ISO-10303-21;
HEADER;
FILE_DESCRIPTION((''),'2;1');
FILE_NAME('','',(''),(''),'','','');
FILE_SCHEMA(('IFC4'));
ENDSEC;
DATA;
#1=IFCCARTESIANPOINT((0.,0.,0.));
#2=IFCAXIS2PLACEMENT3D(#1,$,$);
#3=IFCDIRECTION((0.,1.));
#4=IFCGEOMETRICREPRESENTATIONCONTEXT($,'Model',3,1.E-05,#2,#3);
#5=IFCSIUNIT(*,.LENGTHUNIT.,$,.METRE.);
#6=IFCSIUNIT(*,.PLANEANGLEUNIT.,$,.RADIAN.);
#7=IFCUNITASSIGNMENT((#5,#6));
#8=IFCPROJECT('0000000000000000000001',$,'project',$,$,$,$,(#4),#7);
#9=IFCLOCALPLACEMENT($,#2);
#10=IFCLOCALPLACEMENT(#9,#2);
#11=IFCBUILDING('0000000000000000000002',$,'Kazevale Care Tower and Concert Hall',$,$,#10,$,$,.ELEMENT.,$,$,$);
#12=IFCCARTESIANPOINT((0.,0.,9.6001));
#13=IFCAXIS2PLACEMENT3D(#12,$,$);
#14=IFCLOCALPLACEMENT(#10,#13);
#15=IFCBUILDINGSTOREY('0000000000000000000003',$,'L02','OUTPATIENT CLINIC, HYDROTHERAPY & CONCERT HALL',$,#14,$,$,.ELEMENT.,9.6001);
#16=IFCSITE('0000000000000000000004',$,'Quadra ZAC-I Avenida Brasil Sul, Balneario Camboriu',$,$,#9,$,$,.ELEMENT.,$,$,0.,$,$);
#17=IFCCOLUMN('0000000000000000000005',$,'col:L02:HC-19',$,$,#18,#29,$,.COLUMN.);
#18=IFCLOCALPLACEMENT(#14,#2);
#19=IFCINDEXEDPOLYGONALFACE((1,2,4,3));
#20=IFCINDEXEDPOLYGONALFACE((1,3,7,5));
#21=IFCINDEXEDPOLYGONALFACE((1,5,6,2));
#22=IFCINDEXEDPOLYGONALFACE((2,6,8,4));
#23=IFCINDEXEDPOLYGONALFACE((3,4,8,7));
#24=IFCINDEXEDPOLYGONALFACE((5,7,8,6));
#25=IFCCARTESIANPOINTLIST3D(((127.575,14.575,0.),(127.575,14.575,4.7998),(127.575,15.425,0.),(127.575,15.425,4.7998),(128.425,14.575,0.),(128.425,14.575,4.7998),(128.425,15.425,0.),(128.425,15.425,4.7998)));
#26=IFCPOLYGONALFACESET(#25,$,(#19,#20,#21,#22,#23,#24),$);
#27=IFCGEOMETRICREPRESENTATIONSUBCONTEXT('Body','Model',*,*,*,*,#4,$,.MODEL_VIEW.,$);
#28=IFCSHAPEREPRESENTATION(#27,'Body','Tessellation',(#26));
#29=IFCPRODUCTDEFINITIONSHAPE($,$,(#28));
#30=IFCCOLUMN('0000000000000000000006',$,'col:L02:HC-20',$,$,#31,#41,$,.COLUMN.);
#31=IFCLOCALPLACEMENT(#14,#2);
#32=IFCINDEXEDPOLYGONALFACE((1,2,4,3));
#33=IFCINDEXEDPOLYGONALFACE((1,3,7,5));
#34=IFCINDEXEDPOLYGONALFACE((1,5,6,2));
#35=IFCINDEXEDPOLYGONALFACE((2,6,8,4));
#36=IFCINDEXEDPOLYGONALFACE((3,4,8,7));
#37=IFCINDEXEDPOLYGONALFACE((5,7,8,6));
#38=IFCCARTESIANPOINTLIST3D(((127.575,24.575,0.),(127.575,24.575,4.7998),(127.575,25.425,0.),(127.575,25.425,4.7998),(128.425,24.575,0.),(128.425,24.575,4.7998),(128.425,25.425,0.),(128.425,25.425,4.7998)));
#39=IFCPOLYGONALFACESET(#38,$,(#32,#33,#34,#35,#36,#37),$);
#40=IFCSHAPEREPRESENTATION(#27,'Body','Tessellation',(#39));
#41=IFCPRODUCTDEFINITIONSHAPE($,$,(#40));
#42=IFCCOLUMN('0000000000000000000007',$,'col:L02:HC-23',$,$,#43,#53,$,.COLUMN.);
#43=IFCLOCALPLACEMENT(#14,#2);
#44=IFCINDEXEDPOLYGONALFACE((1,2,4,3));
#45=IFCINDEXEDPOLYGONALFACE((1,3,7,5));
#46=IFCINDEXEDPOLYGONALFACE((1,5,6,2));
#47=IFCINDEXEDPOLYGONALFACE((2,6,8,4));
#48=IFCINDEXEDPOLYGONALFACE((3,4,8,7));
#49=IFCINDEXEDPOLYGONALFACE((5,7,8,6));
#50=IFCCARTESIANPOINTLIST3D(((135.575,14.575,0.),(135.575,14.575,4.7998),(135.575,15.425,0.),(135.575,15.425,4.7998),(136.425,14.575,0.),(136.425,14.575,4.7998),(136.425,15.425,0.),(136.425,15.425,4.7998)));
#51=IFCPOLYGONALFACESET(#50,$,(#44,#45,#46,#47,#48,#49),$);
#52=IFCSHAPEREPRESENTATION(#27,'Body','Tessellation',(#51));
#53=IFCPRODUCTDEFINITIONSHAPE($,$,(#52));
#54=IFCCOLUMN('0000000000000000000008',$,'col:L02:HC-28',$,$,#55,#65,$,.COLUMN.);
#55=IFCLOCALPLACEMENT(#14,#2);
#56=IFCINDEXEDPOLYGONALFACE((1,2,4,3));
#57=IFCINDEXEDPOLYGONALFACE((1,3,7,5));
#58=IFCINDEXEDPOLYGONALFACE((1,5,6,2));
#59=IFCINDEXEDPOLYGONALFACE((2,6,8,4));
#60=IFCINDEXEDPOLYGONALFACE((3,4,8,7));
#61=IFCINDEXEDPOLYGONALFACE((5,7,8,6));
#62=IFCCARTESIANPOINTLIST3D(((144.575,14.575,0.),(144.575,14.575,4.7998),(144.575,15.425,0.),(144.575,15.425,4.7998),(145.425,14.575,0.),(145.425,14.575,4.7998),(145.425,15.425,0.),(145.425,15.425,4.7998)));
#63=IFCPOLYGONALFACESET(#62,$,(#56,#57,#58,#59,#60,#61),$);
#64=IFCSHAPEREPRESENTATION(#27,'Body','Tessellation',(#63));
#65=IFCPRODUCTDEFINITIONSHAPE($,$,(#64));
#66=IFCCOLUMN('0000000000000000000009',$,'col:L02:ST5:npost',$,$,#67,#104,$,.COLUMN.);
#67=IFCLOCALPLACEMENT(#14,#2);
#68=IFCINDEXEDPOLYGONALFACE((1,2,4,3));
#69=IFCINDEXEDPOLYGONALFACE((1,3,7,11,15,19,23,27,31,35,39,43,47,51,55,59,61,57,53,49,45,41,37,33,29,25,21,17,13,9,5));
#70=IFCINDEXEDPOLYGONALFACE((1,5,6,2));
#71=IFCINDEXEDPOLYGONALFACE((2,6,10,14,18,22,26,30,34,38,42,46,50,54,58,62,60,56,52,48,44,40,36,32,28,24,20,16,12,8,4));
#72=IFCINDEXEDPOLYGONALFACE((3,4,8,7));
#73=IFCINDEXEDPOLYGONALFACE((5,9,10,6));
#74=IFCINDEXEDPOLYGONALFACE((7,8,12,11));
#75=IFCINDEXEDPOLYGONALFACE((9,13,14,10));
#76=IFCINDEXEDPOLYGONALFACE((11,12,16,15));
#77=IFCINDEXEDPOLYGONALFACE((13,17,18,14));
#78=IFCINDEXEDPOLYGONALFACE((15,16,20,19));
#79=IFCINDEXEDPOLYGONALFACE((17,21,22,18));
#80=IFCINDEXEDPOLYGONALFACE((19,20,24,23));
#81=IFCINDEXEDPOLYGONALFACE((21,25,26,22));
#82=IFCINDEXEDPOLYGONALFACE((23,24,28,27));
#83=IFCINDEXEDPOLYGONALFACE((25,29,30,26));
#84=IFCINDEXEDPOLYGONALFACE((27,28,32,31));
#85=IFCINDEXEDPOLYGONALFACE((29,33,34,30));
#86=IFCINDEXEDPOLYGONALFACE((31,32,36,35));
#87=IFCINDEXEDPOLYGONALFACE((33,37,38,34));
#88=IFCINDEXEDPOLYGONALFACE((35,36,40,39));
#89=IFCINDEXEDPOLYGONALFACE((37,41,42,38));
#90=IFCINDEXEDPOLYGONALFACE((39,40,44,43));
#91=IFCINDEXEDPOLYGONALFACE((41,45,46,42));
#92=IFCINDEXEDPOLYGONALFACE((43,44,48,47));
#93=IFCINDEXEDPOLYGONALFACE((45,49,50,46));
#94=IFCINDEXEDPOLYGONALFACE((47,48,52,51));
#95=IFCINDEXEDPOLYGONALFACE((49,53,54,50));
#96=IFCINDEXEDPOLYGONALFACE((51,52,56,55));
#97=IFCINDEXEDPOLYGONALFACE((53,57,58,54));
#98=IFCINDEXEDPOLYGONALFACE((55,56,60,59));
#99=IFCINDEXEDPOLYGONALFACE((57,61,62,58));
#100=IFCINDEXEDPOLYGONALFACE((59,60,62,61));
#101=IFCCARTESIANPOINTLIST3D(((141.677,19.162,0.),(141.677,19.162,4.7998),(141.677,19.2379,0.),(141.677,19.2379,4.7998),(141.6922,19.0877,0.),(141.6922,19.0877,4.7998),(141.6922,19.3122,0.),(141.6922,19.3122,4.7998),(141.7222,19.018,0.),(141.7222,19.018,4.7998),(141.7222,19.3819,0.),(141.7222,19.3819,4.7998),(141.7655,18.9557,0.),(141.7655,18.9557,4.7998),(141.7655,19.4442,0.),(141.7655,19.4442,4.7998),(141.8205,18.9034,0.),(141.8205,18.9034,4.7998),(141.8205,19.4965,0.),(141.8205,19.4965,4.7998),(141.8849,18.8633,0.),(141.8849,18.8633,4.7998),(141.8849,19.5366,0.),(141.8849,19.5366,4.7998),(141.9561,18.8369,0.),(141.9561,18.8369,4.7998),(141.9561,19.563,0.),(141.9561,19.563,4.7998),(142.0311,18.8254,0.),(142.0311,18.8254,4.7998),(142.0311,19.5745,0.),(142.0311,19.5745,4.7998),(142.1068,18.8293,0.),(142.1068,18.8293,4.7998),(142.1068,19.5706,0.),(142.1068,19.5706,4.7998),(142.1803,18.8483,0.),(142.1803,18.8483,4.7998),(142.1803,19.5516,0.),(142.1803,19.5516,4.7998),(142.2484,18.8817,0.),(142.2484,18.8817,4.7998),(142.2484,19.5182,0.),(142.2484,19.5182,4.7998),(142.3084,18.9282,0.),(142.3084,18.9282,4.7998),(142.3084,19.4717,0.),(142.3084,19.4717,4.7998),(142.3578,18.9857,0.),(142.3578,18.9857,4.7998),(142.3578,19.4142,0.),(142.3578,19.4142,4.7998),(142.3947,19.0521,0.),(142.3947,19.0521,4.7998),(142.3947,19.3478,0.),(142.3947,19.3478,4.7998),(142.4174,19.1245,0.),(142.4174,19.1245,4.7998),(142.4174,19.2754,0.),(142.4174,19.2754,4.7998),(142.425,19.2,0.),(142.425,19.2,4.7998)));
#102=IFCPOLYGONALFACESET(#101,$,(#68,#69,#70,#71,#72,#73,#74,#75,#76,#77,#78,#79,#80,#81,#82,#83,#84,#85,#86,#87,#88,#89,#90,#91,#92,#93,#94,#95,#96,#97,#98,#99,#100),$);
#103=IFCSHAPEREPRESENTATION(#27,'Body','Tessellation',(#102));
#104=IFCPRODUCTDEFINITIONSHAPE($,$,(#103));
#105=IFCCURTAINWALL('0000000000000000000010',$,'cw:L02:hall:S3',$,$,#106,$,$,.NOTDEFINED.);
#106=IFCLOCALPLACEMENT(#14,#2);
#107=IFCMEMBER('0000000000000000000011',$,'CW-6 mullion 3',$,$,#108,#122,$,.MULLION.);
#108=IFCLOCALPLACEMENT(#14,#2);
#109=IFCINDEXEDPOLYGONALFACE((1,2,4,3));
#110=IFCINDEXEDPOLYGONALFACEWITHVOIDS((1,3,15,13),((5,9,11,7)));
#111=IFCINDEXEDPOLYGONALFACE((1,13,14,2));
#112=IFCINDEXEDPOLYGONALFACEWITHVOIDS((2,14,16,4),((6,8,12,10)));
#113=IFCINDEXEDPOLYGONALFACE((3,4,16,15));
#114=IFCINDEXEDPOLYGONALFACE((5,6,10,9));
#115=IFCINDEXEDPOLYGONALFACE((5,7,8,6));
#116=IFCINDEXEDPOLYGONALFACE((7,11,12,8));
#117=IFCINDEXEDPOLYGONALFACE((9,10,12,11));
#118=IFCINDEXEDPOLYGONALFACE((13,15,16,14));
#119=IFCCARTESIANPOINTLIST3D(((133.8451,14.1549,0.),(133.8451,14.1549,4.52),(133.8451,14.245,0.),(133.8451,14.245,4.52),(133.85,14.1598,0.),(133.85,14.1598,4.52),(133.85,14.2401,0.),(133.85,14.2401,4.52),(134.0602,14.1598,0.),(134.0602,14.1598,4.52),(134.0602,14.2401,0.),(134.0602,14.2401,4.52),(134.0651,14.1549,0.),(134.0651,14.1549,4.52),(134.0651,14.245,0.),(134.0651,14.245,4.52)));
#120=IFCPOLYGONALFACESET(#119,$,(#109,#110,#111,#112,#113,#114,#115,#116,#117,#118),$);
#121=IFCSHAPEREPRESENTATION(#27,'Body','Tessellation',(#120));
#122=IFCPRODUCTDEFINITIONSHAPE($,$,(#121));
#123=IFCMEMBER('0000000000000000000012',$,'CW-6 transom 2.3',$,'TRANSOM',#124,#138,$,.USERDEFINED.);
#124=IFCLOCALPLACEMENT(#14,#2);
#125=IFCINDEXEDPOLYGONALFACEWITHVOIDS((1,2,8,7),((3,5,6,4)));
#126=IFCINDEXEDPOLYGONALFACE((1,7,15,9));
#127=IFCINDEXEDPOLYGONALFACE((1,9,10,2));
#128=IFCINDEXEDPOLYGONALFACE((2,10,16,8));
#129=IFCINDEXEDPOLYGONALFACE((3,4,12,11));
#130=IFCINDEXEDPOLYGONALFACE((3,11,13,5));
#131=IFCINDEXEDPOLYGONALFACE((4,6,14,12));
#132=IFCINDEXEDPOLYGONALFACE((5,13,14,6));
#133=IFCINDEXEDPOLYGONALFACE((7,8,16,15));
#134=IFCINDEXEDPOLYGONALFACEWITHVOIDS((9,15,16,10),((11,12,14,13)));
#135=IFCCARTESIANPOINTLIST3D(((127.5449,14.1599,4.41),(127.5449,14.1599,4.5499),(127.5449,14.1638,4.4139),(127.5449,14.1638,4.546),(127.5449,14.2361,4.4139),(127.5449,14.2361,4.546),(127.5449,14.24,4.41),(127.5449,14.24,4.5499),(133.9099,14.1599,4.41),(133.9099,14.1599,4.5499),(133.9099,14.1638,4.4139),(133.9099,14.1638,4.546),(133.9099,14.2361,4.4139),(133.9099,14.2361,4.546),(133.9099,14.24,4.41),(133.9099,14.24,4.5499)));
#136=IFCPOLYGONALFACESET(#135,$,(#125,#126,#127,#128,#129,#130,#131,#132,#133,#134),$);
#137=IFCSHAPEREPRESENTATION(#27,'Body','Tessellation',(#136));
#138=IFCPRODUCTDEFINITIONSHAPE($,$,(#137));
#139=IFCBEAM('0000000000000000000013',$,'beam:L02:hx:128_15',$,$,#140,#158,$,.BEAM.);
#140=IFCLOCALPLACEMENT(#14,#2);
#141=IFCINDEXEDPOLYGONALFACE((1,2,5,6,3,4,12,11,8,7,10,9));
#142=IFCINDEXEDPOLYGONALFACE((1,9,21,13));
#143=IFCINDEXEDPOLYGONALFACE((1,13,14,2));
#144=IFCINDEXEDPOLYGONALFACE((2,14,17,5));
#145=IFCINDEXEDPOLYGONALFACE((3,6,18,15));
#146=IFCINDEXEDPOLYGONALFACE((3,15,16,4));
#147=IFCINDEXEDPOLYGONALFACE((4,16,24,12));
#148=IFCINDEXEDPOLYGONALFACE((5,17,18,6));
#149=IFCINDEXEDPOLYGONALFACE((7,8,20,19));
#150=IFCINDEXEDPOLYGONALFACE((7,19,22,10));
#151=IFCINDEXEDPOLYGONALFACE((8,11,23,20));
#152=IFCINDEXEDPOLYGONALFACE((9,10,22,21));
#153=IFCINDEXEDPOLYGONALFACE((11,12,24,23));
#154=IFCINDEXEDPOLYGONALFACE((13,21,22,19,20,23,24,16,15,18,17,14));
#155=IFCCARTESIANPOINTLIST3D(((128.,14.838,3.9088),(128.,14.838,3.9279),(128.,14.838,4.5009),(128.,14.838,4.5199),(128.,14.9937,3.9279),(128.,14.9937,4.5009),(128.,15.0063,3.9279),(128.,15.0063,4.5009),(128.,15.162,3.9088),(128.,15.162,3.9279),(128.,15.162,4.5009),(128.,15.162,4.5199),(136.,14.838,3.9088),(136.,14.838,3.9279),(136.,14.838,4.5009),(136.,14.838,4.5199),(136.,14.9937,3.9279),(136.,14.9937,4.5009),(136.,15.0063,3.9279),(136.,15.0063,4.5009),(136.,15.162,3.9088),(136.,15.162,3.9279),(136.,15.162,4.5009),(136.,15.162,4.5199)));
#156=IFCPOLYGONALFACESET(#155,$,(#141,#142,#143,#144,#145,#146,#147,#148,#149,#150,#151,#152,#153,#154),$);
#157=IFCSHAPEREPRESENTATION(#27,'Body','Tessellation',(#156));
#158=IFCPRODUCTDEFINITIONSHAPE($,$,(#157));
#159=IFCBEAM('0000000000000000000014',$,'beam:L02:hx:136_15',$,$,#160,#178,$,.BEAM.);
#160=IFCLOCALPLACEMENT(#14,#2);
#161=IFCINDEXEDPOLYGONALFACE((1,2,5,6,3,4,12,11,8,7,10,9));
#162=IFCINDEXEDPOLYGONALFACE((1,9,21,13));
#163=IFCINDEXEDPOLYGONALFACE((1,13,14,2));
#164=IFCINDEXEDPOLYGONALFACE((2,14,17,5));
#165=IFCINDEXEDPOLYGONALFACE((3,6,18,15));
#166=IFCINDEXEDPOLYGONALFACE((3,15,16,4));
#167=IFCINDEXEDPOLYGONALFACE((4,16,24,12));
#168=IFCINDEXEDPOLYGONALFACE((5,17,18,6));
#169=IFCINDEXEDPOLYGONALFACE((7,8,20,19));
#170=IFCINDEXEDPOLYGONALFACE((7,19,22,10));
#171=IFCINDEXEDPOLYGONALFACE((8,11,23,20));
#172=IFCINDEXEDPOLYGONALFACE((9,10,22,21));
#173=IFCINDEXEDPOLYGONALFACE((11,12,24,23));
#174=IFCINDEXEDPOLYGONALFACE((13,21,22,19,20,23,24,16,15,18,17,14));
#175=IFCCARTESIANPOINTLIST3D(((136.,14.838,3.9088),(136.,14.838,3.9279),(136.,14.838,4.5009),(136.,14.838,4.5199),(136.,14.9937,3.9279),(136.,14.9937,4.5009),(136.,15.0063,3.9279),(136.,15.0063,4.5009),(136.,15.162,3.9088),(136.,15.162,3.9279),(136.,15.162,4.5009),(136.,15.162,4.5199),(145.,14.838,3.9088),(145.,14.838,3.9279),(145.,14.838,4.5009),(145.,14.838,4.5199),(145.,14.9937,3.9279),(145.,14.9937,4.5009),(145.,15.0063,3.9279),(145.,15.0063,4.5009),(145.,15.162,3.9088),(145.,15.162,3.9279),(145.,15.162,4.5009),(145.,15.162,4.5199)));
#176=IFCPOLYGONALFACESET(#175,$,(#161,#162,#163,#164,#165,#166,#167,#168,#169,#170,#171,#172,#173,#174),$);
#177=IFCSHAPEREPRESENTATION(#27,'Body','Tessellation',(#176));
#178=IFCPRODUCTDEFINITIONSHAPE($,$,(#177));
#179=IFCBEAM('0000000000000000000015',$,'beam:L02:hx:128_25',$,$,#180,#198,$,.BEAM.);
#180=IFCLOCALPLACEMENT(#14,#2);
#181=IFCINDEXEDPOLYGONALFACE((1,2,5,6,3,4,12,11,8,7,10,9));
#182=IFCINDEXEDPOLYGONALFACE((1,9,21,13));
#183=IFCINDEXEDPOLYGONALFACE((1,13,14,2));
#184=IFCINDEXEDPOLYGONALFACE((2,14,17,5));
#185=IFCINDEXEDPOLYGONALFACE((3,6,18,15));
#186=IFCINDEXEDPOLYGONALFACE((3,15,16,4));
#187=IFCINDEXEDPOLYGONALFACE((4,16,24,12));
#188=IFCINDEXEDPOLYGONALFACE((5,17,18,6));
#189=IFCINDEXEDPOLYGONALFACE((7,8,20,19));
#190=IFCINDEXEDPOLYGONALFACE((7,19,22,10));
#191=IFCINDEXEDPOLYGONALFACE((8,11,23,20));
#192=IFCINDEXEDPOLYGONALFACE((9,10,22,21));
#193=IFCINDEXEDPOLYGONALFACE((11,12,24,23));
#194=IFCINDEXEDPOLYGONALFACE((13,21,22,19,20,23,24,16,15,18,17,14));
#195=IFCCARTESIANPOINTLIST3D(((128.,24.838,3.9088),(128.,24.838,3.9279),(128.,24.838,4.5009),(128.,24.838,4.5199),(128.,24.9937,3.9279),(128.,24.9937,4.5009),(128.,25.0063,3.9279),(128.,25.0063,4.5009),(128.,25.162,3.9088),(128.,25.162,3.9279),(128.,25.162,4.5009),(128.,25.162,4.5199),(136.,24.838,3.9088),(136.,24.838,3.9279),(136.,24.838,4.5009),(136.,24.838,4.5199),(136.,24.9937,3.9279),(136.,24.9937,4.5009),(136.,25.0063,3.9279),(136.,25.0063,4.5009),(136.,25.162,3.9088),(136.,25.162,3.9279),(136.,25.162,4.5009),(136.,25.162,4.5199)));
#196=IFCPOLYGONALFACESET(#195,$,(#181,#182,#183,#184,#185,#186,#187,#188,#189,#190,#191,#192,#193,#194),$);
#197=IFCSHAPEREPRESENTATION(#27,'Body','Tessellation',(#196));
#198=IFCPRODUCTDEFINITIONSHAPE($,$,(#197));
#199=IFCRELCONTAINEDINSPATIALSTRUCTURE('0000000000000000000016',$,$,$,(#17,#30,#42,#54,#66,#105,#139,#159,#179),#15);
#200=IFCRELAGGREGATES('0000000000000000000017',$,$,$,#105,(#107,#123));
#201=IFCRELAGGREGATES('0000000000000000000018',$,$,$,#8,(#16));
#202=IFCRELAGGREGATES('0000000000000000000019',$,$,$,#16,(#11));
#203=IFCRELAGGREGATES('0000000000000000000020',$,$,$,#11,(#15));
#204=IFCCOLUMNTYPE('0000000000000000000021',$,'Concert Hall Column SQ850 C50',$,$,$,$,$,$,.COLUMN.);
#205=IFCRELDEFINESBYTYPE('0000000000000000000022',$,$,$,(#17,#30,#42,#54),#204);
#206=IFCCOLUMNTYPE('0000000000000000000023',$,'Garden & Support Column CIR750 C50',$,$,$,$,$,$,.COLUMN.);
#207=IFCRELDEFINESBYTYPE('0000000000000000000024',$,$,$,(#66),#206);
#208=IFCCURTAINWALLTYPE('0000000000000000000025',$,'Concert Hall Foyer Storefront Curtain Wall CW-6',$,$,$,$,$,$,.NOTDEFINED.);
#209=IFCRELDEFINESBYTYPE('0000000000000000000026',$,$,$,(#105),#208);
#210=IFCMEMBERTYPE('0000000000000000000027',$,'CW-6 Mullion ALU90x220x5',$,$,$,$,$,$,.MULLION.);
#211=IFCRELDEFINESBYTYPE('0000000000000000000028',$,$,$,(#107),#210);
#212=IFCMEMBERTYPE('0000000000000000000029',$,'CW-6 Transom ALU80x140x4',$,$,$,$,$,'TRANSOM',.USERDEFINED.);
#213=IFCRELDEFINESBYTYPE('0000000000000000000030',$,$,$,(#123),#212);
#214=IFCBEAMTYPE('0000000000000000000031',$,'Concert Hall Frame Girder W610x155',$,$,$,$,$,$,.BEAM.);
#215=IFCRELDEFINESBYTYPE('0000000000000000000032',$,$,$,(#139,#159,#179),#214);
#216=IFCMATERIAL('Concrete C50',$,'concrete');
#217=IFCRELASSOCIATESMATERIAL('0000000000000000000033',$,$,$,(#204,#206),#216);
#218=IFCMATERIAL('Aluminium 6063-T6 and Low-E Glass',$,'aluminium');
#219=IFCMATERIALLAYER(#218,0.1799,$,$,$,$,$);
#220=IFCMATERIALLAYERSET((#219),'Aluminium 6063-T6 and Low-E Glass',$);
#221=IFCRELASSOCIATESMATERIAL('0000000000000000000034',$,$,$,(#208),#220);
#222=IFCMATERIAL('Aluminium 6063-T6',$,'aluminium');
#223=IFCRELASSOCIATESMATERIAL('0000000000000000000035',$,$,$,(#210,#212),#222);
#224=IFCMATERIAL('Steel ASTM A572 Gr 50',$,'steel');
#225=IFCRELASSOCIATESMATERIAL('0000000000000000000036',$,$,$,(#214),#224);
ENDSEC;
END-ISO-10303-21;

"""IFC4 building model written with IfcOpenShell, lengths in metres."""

from ifc_helpers import new_model, si_unit, direction, frame, origin, origin_2d, place, context, subcontext, project, spatial, rectangle, hollow_rectangle, circle, i_section, extrude, material, layer, layer_set, material_profile, profile_set, type_object, element, aggregate, save


model = new_model("IFC4")

# Units and contexts
model_context = context("Model", 3, precision=1e-05, world=origin(), true_north=direction((0.0, 1.0)))
body_context = subcontext(model_context, "Body", "Model", "MODEL_VIEW")
ifc_project = project(units=[si_unit("LENGTHUNIT", "METRE"), si_unit("PLANEANGLEUNIT", "RADIAN")], contexts=[model_context])

# Site, building, storey
site_placement = place(None, origin())
site = spatial("IfcSite", under=ifc_project, at=site_placement, Name="Quadra ZAC-I Avenida Brasil Sul, Balneario Camboriu", CompositionType="ELEMENT", RefElevation=0.0)
building_placement = place(site_placement, origin())
building = spatial("IfcBuilding", under=site, at=building_placement, Name="Kazevale Care Tower and Concert Hall", CompositionType="ELEMENT")
storey_placement = place(building_placement, frame((0.0, 0.0, 9.6001)))
storey = spatial("IfcBuildingStorey", under=building, at=storey_placement, Name="L02", Description="OUTPATIENT CLINIC, HYDROTHERAPY & CONCERT HALL", CompositionType="ELEMENT", Elevation=9.6001)

# Columns
ifc_material_1 = material(Name="Concrete C50", Category="concrete")
ifc_material_profile_1 = material_profile(ifc_material_1, rectangle(XDim=0.8501, YDim=0.8501, at=origin_2d()), Name="RC-SQ850")
ifc_profile_set_1 = profile_set([ifc_material_profile_1], Name="Concrete C50")
column_type_1 = type_object("IfcColumnType", Name="Concert Hall Column SQ850 C50", PredefinedType="COLUMN", material=ifc_profile_set_1)
for number, where, z_axis, x_axis, name in (
    (1, (128.0, 15.0, 0.0), (0.0, 0.0, 1.0), (1.0, 0.0, 0.0), "col:L02:HC-19"),
    (2, (128.0, 25.0, 0.0), (0.0, 0.0, 1.0), (1.0, 0.0, 0.0), "col:L02:HC-20"),
    (3, (136.0, 15.0, 0.0), (0.0, 0.0, 1.0), (1.0, 0.0, 0.0), "col:L02:HC-23"),
    (4, (145.0, 15.0, 0.0), (0.0, 0.0, 1.0), (1.0, 0.0, 0.0), "col:L02:HC-28"),
):
    element("IfcColumn", number, at=place(storey_placement, frame(where, z_axis=z_axis, x_axis=x_axis)), inside=storey, type_object=column_type_1, Name=name, PredefinedType="COLUMN", context=body_context, shape_type="SweptSolid", body=[
        extrude(rectangle(XDim=0.8501, YDim=0.8501, at=origin_2d()), origin(), (0.0, 0.0, 1.0), 4.7998),
    ])
ifc_material_profile_2 = material_profile(ifc_material_1, circle(Radius=0.375, at=origin_2d()), Name="RC-CIR750")
ifc_profile_set_2 = profile_set([ifc_material_profile_2], Name="Concrete C50")
column_type_2 = type_object("IfcColumnType", Name="Garden & Support Column CIR750 C50", PredefinedType="COLUMN", material=ifc_profile_set_2)
column_placement = place(storey_placement, frame((142.05, 19.2, 0.0), z_axis=(0.0, 0.0, 1.0), x_axis=(1.0, 0.0, 0.0)))
element("IfcColumn", 5, at=column_placement, inside=storey, type_object=column_type_2, Name="col:L02:ST5:npost", PredefinedType="COLUMN", context=body_context, shape_type="SweptSolid", body=[
    extrude(circle(Radius=0.375, at=origin_2d()), origin(), (0.0, 0.0, 1.0), 4.7998),
])

# Curtain wall, members
ifc_material_2 = material(Name="Aluminium 6063-T6 and Low-E Glass", Category="aluminium")
ifc_layer_1 = layer(ifc_material_2, 0.1799)
ifc_layer_set_1 = layer_set([ifc_layer_1], Name="Aluminium 6063-T6 and Low-E Glass")
curtain_wall_type = type_object("IfcCurtainWallType", Name="Concert Hall Foyer Storefront Curtain Wall CW-6", PredefinedType="NOTDEFINED", material=ifc_layer_set_1)
curtain_wall_placement = place(storey_placement, origin())
curtain_wall = element("IfcCurtainWall", 6, at=curtain_wall_placement, inside=storey, type_object=curtain_wall_type, Name="cw:L02:hall:S3", PredefinedType="NOTDEFINED")
ifc_material_3 = material(Name="Aluminium 6063-T6", Category="aluminium")
ifc_material_profile_3 = material_profile(ifc_material_3, hollow_rectangle(XDim=0.0901, YDim=0.22, WallThickness=0.0049, at=origin_2d()), Name="ALU90x220x5")
ifc_profile_set_3 = profile_set([ifc_material_profile_3], Name="Aluminium 6063-T6")
member_type_1 = type_object("IfcMemberType", Name="CW-6 Mullion ALU90x220x5", PredefinedType="MULLION", material=ifc_profile_set_3)
member_1_placement = place(storey_placement, frame((133.9551, 14.2, 0.0), z_axis=(0.0, 0.0, 1.0), x_axis=(0.0, 1.0, 0.0)))
member_1 = element("IfcMember", 7, at=member_1_placement, type_object=member_type_1, Name="CW-6 mullion 3", PredefinedType="MULLION", context=body_context, shape_type="SweptSolid", body=[
    extrude(hollow_rectangle(XDim=0.0901, YDim=0.22, WallThickness=0.0049, at=origin_2d()), origin(), (0.0, 0.0, 1.0), 4.52),
])
ifc_material_profile_4 = material_profile(ifc_material_3, hollow_rectangle(XDim=0.0801, YDim=0.1399, WallThickness=0.0039, at=origin_2d()), Name="ALU80x140x4")
ifc_profile_set_4 = profile_set([ifc_material_profile_4], Name="Aluminium 6063-T6")
member_type_2 = type_object("IfcMemberType", Name="CW-6 Transom ALU80x140x4", ElementType="TRANSOM", PredefinedType="USERDEFINED", material=ifc_profile_set_4)
member_2_placement = place(storey_placement, frame((127.5449, 14.2, 4.48), z_axis=(1.0, 0.0, 0.0), x_axis=(0.0, 1.0, 0.0)))
member_2 = element("IfcMember", 8, at=member_2_placement, type_object=member_type_2, Name="CW-6 transom 2.3", ObjectType="TRANSOM", PredefinedType="USERDEFINED", context=body_context, shape_type="SweptSolid", body=[
    extrude(hollow_rectangle(XDim=0.0801, YDim=0.1399, WallThickness=0.0039, at=origin_2d()), origin(), (0.0, 0.0, 1.0), 6.365),
])

# Beams
ifc_material_4 = material(Name="Steel ASTM A572 Gr 50", Category="steel")
ifc_material_profile_5 = material_profile(ifc_material_4, i_section(OverallWidth=0.324, OverallDepth=0.6111, WebThickness=0.0127, FlangeThickness=0.019, at=origin_2d()), Name="W610x155")
ifc_profile_set_5 = profile_set([ifc_material_profile_5], Name="Steel ASTM A572 Gr 50")
beam_type_1 = type_object("IfcBeamType", Name="Concert Hall Frame Girder W610x155", PredefinedType="BEAM", material=ifc_profile_set_5)
beam_1_placement = place(storey_placement, frame((128.0, 15.0, 4.2144), z_axis=(1.0, 0.0, 0.0), x_axis=(0.0, 1.0, 0.0)))
element("IfcBeam", 9, at=beam_1_placement, inside=storey, type_object=beam_type_1, Name="beam:L02:hx:128_15", PredefinedType="BEAM", context=body_context, shape_type="SweptSolid", body=[
    extrude(i_section(OverallWidth=0.324, OverallDepth=0.6111, WebThickness=0.0127, FlangeThickness=0.019, at=origin_2d()), origin(), (0.0, 0.0, 1.0), 8.0),
])
beam_2_placement = place(storey_placement, frame((136.0, 15.0, 4.2144), z_axis=(1.0, 0.0, 0.0), x_axis=(0.0, 1.0, 0.0)))
element("IfcBeam", 10, at=beam_2_placement, inside=storey, type_object=beam_type_1, Name="beam:L02:hx:136_15", PredefinedType="BEAM", context=body_context, shape_type="SweptSolid", body=[
    extrude(i_section(OverallWidth=0.324, OverallDepth=0.6111, WebThickness=0.0127, FlangeThickness=0.019, at=origin_2d()), origin(), (0.0, 0.0, 1.0), 9.0),
])
beam_3_placement = place(storey_placement, frame((128.0, 25.0, 4.2144), z_axis=(1.0, 0.0, 0.0), x_axis=(0.0, 1.0, 0.0)))
element("IfcBeam", 11, at=beam_3_placement, inside=storey, type_object=beam_type_1, Name="beam:L02:hx:128_25", PredefinedType="BEAM", context=body_context, shape_type="SweptSolid", body=[
    extrude(i_section(OverallWidth=0.324, OverallDepth=0.6111, WebThickness=0.0127, FlangeThickness=0.019, at=origin_2d()), origin(), (0.0, 0.0, 1.0), 8.0),
])

aggregate(curtain_wall, [member_1, member_2])

save(model, "model.ifc")
